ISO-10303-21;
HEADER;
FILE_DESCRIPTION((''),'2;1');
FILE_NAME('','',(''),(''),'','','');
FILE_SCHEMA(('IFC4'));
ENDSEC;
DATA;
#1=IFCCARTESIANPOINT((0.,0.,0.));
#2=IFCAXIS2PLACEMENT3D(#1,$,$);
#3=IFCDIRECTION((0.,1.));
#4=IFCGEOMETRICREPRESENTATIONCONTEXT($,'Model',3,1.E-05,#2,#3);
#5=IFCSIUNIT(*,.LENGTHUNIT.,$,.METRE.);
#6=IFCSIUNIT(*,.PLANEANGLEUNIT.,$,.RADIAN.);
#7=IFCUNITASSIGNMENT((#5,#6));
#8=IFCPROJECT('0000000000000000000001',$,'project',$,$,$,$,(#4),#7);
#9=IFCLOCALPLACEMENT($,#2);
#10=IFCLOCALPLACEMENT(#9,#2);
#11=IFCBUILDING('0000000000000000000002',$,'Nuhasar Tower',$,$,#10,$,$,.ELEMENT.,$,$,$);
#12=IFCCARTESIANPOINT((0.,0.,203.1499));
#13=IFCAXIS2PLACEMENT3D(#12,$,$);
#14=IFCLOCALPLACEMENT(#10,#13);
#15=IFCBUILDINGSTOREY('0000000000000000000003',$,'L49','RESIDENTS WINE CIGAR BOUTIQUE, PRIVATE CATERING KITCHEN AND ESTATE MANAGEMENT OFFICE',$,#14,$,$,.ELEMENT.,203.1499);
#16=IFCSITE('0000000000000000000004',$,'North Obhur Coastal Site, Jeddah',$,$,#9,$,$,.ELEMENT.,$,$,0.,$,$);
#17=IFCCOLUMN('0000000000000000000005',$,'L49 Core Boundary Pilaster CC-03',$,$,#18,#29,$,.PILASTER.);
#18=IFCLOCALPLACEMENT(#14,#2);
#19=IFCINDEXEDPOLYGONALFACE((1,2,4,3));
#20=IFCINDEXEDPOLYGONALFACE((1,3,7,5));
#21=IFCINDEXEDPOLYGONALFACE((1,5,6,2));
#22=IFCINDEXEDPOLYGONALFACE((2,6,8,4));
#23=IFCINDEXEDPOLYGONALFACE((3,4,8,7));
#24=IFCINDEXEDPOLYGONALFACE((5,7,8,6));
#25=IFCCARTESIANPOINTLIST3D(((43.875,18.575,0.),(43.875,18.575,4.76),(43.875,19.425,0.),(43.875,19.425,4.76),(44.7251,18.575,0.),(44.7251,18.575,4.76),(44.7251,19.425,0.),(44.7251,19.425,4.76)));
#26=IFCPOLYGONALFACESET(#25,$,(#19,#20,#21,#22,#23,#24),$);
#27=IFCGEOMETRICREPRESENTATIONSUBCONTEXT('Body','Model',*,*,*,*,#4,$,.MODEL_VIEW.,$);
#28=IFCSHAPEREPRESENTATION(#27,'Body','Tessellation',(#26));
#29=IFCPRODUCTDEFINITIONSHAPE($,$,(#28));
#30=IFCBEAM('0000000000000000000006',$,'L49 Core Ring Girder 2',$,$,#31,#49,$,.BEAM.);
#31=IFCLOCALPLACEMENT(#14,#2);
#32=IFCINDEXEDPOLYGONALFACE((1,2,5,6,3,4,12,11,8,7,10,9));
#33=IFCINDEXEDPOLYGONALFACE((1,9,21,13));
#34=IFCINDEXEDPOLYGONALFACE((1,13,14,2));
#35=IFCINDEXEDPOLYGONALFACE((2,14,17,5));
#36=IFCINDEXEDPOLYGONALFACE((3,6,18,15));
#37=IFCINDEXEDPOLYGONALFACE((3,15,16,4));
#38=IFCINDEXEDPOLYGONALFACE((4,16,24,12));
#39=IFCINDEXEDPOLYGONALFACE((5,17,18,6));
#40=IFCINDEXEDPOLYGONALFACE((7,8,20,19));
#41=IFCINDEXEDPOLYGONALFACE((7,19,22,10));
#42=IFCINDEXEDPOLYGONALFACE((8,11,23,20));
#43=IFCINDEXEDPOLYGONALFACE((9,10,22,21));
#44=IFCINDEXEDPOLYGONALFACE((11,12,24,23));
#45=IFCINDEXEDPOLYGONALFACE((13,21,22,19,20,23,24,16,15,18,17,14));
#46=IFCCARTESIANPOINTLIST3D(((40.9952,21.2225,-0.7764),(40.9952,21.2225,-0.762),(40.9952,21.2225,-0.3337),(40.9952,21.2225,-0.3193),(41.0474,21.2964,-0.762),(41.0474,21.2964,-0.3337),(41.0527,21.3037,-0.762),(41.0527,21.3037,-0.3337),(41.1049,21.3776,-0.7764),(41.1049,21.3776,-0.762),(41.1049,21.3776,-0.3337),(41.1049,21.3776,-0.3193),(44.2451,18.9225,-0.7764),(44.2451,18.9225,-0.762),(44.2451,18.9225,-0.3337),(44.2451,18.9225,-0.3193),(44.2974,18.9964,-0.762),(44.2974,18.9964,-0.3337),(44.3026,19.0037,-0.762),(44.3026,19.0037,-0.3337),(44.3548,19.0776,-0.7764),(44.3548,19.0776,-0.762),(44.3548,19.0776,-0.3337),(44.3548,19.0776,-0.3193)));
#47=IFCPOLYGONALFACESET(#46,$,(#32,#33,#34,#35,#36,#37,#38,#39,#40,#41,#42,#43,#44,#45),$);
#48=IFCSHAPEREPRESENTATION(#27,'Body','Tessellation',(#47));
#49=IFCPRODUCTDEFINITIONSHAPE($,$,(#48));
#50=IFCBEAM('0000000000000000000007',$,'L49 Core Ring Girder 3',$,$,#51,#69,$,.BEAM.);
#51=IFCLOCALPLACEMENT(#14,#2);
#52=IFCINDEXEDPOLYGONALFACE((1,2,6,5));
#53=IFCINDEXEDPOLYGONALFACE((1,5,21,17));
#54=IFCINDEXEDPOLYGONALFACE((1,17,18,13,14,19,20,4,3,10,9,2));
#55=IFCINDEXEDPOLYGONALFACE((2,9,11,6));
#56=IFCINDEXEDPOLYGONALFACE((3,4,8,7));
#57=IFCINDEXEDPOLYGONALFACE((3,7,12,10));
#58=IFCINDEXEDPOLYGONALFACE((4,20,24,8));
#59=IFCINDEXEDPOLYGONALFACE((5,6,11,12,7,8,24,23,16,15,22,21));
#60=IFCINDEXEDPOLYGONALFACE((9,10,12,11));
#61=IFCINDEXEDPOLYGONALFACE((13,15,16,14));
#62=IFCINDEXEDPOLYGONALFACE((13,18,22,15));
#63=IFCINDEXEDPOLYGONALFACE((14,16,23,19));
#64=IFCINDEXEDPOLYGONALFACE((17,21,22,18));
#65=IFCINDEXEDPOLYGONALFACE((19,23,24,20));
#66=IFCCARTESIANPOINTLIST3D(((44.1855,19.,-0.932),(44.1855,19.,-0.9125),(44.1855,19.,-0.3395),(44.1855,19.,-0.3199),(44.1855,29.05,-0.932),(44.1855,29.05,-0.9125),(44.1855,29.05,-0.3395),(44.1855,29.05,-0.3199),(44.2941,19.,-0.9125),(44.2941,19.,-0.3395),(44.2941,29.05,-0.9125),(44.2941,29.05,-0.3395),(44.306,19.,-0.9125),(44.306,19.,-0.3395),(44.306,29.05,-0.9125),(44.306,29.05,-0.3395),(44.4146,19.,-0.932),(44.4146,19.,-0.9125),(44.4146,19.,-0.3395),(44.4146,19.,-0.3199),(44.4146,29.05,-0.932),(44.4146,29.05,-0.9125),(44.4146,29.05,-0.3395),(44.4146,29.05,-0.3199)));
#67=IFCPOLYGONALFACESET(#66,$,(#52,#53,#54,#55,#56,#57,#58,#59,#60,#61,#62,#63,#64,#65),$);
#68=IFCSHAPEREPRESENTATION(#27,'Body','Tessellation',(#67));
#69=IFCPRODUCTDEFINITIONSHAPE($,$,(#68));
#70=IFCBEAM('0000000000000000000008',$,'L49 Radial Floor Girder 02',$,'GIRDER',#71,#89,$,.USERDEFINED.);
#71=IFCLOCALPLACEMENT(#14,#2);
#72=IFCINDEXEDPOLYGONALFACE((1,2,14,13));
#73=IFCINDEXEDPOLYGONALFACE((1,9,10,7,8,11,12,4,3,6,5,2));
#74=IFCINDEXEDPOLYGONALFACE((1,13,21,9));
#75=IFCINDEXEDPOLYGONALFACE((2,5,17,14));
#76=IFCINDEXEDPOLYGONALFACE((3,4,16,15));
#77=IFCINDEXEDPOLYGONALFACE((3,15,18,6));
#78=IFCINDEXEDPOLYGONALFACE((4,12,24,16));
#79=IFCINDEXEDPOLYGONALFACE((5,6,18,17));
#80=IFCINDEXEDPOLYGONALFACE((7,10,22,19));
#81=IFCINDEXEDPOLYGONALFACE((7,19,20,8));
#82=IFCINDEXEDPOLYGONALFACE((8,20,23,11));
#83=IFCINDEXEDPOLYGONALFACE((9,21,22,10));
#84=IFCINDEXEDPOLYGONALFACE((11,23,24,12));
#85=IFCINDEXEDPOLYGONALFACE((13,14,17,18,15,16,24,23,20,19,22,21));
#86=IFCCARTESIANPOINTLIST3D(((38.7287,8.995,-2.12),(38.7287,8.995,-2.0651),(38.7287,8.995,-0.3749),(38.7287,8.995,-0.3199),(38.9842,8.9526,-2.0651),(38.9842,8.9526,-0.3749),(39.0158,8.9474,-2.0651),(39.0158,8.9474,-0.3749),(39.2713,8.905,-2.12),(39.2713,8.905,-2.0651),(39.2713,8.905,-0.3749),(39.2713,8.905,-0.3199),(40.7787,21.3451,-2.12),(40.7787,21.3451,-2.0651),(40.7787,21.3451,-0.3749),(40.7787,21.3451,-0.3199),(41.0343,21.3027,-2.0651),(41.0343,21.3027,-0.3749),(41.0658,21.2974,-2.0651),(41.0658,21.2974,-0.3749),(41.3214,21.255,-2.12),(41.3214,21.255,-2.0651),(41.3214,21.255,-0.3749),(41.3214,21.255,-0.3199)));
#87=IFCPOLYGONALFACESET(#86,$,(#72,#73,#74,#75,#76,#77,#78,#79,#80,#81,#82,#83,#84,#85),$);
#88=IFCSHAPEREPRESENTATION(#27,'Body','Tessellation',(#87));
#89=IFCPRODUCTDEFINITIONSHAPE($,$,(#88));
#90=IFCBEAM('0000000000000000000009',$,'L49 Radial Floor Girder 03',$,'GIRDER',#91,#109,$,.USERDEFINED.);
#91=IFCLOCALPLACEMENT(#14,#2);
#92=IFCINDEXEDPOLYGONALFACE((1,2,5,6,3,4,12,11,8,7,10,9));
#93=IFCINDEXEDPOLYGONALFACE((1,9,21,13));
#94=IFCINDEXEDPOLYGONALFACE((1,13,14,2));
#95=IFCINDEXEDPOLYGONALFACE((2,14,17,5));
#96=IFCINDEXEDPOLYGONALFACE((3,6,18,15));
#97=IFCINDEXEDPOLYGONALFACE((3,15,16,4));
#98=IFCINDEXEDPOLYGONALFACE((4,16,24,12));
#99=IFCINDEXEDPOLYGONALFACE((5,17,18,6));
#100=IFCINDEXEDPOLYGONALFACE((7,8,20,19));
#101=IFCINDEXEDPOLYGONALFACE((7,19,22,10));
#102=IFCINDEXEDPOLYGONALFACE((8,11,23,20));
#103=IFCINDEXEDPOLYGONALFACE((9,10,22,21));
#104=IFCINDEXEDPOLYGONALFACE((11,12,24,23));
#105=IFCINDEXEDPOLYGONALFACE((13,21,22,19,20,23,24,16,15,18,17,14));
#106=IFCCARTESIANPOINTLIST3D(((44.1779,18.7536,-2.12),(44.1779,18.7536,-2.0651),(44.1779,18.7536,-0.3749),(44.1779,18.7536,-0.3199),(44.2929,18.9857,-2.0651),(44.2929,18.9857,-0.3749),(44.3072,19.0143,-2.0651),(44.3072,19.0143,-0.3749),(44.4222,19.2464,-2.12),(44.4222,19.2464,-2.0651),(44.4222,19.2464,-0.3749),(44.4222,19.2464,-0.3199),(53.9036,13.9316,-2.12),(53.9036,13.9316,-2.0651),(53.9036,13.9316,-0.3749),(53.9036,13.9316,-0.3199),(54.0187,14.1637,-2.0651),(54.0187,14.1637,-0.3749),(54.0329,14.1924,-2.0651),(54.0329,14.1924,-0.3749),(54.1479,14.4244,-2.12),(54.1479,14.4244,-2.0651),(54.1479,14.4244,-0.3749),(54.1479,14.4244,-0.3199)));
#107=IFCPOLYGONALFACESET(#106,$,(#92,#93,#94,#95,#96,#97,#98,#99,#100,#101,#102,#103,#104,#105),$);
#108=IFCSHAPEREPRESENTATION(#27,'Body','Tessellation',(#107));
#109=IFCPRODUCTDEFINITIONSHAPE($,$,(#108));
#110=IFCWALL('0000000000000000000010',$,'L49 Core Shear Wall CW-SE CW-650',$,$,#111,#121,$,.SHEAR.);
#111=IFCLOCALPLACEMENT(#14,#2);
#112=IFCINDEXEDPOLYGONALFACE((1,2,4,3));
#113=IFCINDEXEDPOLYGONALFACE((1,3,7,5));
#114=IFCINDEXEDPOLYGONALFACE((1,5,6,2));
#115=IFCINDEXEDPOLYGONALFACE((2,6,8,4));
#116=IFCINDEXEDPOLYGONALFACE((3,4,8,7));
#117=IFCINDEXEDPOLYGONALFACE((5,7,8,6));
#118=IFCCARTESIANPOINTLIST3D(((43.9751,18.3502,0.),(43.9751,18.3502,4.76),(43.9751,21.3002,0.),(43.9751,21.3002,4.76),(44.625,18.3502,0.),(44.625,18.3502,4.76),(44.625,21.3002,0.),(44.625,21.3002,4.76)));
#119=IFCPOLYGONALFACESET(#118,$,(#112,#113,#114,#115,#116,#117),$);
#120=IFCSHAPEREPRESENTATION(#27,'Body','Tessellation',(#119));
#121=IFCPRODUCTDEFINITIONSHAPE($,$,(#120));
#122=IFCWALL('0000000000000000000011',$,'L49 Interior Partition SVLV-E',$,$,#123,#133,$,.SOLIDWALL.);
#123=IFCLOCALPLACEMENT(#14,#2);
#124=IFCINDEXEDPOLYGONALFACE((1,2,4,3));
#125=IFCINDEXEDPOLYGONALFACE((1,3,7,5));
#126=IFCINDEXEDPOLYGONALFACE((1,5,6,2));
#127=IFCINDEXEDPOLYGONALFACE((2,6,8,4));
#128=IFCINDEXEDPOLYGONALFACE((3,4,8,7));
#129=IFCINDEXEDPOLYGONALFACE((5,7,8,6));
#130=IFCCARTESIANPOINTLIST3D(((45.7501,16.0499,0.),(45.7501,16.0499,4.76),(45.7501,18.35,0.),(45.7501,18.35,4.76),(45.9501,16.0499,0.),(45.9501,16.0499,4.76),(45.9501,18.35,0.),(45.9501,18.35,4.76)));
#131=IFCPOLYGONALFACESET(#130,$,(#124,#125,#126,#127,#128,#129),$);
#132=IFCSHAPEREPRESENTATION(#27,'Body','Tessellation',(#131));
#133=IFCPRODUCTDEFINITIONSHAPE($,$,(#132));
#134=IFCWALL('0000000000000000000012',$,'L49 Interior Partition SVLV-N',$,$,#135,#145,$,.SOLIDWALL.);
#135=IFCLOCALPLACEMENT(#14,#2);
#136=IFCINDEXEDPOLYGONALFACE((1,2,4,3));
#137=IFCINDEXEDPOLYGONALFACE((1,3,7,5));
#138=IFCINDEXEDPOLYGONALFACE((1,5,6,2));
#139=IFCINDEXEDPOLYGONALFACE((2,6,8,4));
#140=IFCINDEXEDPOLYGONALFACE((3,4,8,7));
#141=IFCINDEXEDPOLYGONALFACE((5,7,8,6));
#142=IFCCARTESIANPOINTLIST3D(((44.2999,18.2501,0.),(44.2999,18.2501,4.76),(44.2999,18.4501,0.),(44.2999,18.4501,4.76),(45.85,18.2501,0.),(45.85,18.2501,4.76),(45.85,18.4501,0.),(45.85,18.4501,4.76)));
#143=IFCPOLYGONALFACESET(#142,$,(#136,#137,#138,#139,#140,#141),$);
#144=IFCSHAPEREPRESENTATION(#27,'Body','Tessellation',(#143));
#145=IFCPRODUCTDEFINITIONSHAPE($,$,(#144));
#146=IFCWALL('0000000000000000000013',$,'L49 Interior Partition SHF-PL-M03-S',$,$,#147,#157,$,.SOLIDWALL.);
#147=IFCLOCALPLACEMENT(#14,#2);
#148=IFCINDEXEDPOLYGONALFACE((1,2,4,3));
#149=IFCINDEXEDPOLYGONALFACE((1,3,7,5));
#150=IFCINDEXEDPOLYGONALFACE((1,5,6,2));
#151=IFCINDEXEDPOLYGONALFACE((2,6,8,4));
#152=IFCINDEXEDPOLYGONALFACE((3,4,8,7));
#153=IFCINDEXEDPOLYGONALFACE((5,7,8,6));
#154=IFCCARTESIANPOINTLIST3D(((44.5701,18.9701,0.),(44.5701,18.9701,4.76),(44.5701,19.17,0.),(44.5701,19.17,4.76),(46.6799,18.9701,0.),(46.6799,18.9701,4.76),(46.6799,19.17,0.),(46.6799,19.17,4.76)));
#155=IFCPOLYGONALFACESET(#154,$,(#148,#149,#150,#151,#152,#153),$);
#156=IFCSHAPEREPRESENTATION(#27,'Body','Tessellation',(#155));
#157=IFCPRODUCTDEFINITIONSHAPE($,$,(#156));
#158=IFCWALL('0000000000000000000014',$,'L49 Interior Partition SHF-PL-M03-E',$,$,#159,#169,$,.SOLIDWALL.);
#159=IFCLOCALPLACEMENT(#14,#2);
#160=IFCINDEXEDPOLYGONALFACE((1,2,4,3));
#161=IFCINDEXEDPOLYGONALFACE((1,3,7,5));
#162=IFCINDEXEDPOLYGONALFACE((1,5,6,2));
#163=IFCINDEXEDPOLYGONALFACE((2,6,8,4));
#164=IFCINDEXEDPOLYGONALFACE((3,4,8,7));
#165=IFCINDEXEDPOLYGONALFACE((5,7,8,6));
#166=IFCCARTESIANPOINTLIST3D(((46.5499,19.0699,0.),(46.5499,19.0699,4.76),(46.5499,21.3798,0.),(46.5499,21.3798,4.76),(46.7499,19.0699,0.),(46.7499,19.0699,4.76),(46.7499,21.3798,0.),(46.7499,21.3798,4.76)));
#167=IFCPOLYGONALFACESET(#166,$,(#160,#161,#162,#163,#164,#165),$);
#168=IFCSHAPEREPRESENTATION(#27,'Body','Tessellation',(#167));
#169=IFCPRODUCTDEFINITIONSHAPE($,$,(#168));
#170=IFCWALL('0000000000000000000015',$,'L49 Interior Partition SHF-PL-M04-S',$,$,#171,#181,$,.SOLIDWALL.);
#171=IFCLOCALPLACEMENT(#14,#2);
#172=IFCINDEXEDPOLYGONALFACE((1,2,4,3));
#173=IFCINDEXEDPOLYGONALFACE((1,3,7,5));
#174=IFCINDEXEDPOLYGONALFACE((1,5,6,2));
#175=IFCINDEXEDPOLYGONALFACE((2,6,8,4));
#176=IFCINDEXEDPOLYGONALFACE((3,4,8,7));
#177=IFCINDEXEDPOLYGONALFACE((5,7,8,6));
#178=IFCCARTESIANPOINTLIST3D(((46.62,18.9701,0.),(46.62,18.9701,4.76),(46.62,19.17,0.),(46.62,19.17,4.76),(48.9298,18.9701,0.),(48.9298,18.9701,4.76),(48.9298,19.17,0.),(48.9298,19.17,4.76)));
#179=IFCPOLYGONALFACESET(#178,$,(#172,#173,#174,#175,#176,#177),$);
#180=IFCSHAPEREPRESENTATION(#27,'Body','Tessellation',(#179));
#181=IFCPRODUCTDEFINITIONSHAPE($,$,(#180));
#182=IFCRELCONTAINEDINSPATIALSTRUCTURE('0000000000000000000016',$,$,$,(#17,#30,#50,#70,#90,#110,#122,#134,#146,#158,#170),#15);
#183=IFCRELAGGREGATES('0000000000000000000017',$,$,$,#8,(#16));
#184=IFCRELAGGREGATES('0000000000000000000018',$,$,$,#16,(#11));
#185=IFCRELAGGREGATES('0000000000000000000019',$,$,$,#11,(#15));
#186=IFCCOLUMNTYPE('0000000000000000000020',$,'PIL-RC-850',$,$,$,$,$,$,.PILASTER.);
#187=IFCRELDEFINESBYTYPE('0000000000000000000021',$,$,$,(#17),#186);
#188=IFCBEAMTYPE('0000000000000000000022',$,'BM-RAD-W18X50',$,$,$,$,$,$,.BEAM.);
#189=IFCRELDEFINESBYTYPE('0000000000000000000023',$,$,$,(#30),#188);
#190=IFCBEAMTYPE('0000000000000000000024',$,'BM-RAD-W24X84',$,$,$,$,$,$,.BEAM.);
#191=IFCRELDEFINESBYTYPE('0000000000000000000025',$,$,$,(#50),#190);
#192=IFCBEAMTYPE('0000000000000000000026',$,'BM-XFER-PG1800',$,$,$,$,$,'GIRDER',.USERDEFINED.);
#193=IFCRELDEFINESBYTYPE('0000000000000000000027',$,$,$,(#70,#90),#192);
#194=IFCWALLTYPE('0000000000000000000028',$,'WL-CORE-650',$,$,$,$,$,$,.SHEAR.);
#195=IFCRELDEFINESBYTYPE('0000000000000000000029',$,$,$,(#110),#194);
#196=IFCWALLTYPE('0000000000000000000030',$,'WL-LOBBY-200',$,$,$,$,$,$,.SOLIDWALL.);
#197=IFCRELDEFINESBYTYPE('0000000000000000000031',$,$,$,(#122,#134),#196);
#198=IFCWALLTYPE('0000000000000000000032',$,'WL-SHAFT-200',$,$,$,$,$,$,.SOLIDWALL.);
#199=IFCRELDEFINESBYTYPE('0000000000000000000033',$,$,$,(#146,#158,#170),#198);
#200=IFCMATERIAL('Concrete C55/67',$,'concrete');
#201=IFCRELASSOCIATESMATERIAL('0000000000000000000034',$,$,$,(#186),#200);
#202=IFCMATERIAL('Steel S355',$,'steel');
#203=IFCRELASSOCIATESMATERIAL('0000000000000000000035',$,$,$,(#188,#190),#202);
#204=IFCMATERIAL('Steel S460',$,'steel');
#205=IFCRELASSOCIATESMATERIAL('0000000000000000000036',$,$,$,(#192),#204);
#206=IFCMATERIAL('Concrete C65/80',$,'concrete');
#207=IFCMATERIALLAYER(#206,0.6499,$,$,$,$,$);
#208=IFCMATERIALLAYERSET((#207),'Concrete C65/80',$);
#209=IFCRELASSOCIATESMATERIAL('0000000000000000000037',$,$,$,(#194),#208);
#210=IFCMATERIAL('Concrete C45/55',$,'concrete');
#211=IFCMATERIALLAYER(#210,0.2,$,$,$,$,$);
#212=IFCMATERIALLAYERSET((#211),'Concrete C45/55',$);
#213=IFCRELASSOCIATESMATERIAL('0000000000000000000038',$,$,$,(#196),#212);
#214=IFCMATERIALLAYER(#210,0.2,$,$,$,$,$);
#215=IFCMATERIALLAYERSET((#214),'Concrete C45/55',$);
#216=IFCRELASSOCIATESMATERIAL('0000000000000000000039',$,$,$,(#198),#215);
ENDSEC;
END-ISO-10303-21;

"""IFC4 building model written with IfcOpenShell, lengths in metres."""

from ifc_helpers import new_model, si_unit, direction, frame, frame_2d, origin, origin_2d, place, context, subcontext, project, spatial, rectangle, i_section, extrude, material, layer, layer_set, material_profile, profile_set, type_object, element, save


model = new_model("IFC4")

# Units and contexts
model_context = context("Model", 3, precision=1e-05, world=origin(), true_north=direction((0.0, 1.0)))
body_context = subcontext(model_context, "Body", "Model", "MODEL_VIEW")
ifc_project = project(units=[si_unit("LENGTHUNIT", "METRE"), si_unit("PLANEANGLEUNIT", "RADIAN")], contexts=[model_context])

# Site, building, storey
site_placement = place(None, origin())
site = spatial("IfcSite", under=ifc_project, at=site_placement, Name="North Obhur Coastal Site, Jeddah", CompositionType="ELEMENT", RefElevation=0.0)
building_placement = place(site_placement, origin())
building = spatial("IfcBuilding", under=site, at=building_placement, Name="Nuhasar Tower", CompositionType="ELEMENT")
storey_placement = place(building_placement, frame((0.0, 0.0, 203.1499)))
storey = spatial("IfcBuildingStorey", under=building, at=storey_placement, Name="L49", Description="RESIDENTS WINE CIGAR BOUTIQUE, PRIVATE CATERING KITCHEN AND ESTATE MANAGEMENT OFFICE", CompositionType="ELEMENT", Elevation=203.1499)

# Column
ifc_material_1 = material(Name="Concrete C55/67", Category="concrete")
ifc_material_profile_1 = material_profile(ifc_material_1, rectangle(XDim=0.8501, YDim=0.8501, at=origin_2d()), Name="RC850X850")
ifc_profile_set_1 = profile_set([ifc_material_profile_1], Name="Concrete C55/67")
column_type = type_object("IfcColumnType", Name="PIL-RC-850", PredefinedType="PILASTER", material=ifc_profile_set_1)
column_placement = place(storey_placement, frame((44.3, 19.0, 0.0), z_axis=(0.0, 0.0, 1.0), x_axis=(1.0, 0.0, 0.0)))
element("IfcColumn", 1, at=column_placement, inside=storey, type_object=column_type, Name="L49 Core Boundary Pilaster CC-03", PredefinedType="PILASTER", context=body_context, shape_type="SweptSolid", body=[
    extrude(rectangle(XDim=0.8501, YDim=0.8501, at=origin_2d()), origin(), (0.0, 0.0, 1.0), 4.76),
])

# Beams
ifc_material_2 = material(Name="Steel S355", Category="steel")
ifc_material_profile_2 = material_profile(ifc_material_2, i_section(OverallWidth=0.1899, OverallDepth=0.457, WebThickness=0.009, FlangeThickness=0.0144, at=origin_2d()), Name="W18X50")
ifc_profile_set_2 = profile_set([ifc_material_profile_2], Name="Steel S355")
beam_type_1 = type_object("IfcBeamType", Name="BM-RAD-W18X50", PredefinedType="BEAM", material=ifc_profile_set_2)
beam_1_placement = place(storey_placement, frame((41.05, 21.3, -0.5479), z_axis=(0.816265, -0.577677, 0.0), x_axis=(0.577677, 0.816265, 0.0)))
element("IfcBeam", 2, at=beam_1_placement, inside=storey, type_object=beam_type_1, Name="L49 Core Ring Girder 2", PredefinedType="BEAM", context=body_context, shape_type="SweptSolid", body=[
    extrude(i_section(OverallWidth=0.1899, OverallDepth=0.457, WebThickness=0.009, FlangeThickness=0.0144, at=origin_2d()), origin(), (0.0, 0.0, 1.0), 3.9814),
])
ifc_material_profile_3 = material_profile(ifc_material_2, i_section(OverallWidth=0.229, OverallDepth=0.6121, WebThickness=0.012, FlangeThickness=0.0195, at=origin_2d()), Name="W24X84")
ifc_profile_set_3 = profile_set([ifc_material_profile_3], Name="Steel S355")
beam_type_2 = type_object("IfcBeamType", Name="BM-RAD-W24X84", PredefinedType="BEAM", material=ifc_profile_set_3)
beam_2_placement = place(storey_placement, frame((44.3, 19.0, -0.626), z_axis=(0.0, 1.0, 0.0), x_axis=(-1.0, 0.0, 0.0)))
element("IfcBeam", 3, at=beam_2_placement, inside=storey, type_object=beam_type_2, Name="L49 Core Ring Girder 3", PredefinedType="BEAM", context=body_context, shape_type="SweptSolid", body=[
    extrude(i_section(OverallWidth=0.229, OverallDepth=0.6121, WebThickness=0.012, FlangeThickness=0.0195, at=origin_2d()), origin(), (0.0, 0.0, 1.0), 10.05),
])
ifc_material_3 = material(Name="Steel S460", Category="steel")
ifc_material_profile_4 = material_profile(ifc_material_3, i_section(OverallWidth=0.55, OverallDepth=1.8, WebThickness=0.032, FlangeThickness=0.0549, at=origin_2d()), Name="PG1800X550")
ifc_profile_set_4 = profile_set([ifc_material_profile_4], Name="Steel S460")
beam_type_3 = type_object("IfcBeamType", Name="BM-XFER-PG1800", ElementType="GIRDER", PredefinedType="USERDEFINED", material=ifc_profile_set_4)
beam_3_placement = place(storey_placement, frame((41.05, 21.3, -1.22), z_axis=(-0.163754, -0.986501, 0.0), x_axis=(0.986501, -0.163754, 0.0)))
element("IfcBeam", 4, at=beam_3_placement, inside=storey, type_object=beam_type_3, Name="L49 Radial Floor Girder 02", ObjectType="GIRDER", PredefinedType="USERDEFINED", context=body_context, shape_type="SweptSolid", body=[
    extrude(i_section(OverallWidth=0.55, OverallDepth=1.8, WebThickness=0.032, FlangeThickness=0.0549, at=origin_2d()), origin(), (0.0, 0.0, 1.0), 12.519),
])
beam_4_placement = place(storey_placement, frame((44.3, 19.0, -1.22), z_axis=(0.895929, -0.444197, 0.0), x_axis=(0.444197, 0.895929, 0.0)))
element("IfcBeam", 5, at=beam_4_placement, inside=storey, type_object=beam_type_3, Name="L49 Radial Floor Girder 03", ObjectType="GIRDER", PredefinedType="USERDEFINED", context=body_context, shape_type="SweptSolid", body=[
    extrude(i_section(OverallWidth=0.55, OverallDepth=1.8, WebThickness=0.032, FlangeThickness=0.0549, at=origin_2d()), origin(), (0.0, 0.0, 1.0), 10.8555),
])

# Walls
ifc_material_4 = material(Name="Concrete C65/80", Category="concrete")
ifc_layer_1 = layer(ifc_material_4, 0.6499)
ifc_layer_set_1 = layer_set([ifc_layer_1], Name="Concrete C65/80")
wall_type_1 = type_object("IfcWallType", Name="WL-CORE-650", PredefinedType="SHEAR", material=ifc_layer_set_1)
wall_1_placement = place(storey_placement, frame((44.3, 18.3501, 0.0), z_axis=(0.0, 0.0, 1.0), x_axis=(0.0, 1.0, 0.0)))
element("IfcWall", 6, at=wall_1_placement, inside=storey, type_object=wall_type_1, Name="L49 Core Shear Wall CW-SE CW-650", PredefinedType="SHEAR", context=body_context, shape_type="SweptSolid", body=[
    extrude(rectangle(XDim=2.95, YDim=0.6499, at=frame_2d((1.4751, 0.0))), origin(), (0.0, 0.0, 1.0), 4.76),
])
ifc_material_5 = material(Name="Concrete C45/55", Category="concrete")
ifc_layer_2 = layer(ifc_material_5, 0.2)
ifc_layer_set_2 = layer_set([ifc_layer_2], Name="Concrete C45/55")
wall_type_2 = type_object("IfcWallType", Name="WL-LOBBY-200", PredefinedType="SOLIDWALL", material=ifc_layer_set_2)
wall_2_placement = place(storey_placement, frame((45.8501, 16.05, 0.0), z_axis=(0.0, 0.0, 1.0), x_axis=(0.0, 1.0, 0.0)))
element("IfcWall", 7, at=wall_2_placement, inside=storey, type_object=wall_type_2, Name="L49 Interior Partition SVLV-E", PredefinedType="SOLIDWALL", context=body_context, shape_type="SweptSolid", body=[
    extrude(rectangle(XDim=2.3, YDim=0.2, at=frame_2d((1.1499, 0.0))), origin(), (0.0, 0.0, 1.0), 4.76),
])
wall_3_placement = place(storey_placement, frame((44.3, 18.3501, 0.0), z_axis=(0.0, 0.0, 1.0), x_axis=(1.0, 0.0, 0.0)))
element("IfcWall", 8, at=wall_3_placement, inside=storey, type_object=wall_type_2, Name="L49 Interior Partition SVLV-N", PredefinedType="SOLIDWALL", context=body_context, shape_type="SweptSolid", body=[
    extrude(rectangle(XDim=1.55, YDim=0.2, at=frame_2d((0.7749, 0.0))), origin(), (0.0, 0.0, 1.0), 4.76),
])
ifc_layer_3 = layer(ifc_material_5, 0.2)
ifc_layer_set_3 = layer_set([ifc_layer_3], Name="Concrete C45/55")
wall_type_3 = type_object("IfcWallType", Name="WL-SHAFT-200", PredefinedType="SOLIDWALL", material=ifc_layer_set_3)
wall_4_placement = place(storey_placement, frame((44.5701, 19.0701, 0.0), z_axis=(0.0, 0.0, 1.0), x_axis=(1.0, 0.0, 0.0)))
element("IfcWall", 9, at=wall_4_placement, inside=storey, type_object=wall_type_3, Name="L49 Interior Partition SHF-PL-M03-S", PredefinedType="SOLIDWALL", context=body_context, shape_type="SweptSolid", body=[
    extrude(rectangle(XDim=2.1099, YDim=0.2, at=frame_2d((1.0549, 0.0))), origin(), (0.0, 0.0, 1.0), 4.76),
])
for number, where, z_axis, x_axis, name in (
    (10, (46.6499, 19.0701, 0.0), (0.0, 0.0, 1.0), (0.0, 1.0, 0.0), "L49 Interior Partition SHF-PL-M03-E"),
    (11, (46.6201, 19.0701, 0.0), (0.0, 0.0, 1.0), (1.0, 0.0, 0.0), "L49 Interior Partition SHF-PL-M04-S"),
):
    element("IfcWall", number, at=place(storey_placement, frame(where, z_axis=z_axis, x_axis=x_axis)), inside=storey, type_object=wall_type_3, Name=name, PredefinedType="SOLIDWALL", context=body_context, shape_type="SweptSolid", body=[
        extrude(rectangle(XDim=2.3098, YDim=0.2, at=frame_2d((1.1548, 0.0))), origin(), (0.0, 0.0, 1.0), 4.76),
    ])

save(model, "model.ifc")
